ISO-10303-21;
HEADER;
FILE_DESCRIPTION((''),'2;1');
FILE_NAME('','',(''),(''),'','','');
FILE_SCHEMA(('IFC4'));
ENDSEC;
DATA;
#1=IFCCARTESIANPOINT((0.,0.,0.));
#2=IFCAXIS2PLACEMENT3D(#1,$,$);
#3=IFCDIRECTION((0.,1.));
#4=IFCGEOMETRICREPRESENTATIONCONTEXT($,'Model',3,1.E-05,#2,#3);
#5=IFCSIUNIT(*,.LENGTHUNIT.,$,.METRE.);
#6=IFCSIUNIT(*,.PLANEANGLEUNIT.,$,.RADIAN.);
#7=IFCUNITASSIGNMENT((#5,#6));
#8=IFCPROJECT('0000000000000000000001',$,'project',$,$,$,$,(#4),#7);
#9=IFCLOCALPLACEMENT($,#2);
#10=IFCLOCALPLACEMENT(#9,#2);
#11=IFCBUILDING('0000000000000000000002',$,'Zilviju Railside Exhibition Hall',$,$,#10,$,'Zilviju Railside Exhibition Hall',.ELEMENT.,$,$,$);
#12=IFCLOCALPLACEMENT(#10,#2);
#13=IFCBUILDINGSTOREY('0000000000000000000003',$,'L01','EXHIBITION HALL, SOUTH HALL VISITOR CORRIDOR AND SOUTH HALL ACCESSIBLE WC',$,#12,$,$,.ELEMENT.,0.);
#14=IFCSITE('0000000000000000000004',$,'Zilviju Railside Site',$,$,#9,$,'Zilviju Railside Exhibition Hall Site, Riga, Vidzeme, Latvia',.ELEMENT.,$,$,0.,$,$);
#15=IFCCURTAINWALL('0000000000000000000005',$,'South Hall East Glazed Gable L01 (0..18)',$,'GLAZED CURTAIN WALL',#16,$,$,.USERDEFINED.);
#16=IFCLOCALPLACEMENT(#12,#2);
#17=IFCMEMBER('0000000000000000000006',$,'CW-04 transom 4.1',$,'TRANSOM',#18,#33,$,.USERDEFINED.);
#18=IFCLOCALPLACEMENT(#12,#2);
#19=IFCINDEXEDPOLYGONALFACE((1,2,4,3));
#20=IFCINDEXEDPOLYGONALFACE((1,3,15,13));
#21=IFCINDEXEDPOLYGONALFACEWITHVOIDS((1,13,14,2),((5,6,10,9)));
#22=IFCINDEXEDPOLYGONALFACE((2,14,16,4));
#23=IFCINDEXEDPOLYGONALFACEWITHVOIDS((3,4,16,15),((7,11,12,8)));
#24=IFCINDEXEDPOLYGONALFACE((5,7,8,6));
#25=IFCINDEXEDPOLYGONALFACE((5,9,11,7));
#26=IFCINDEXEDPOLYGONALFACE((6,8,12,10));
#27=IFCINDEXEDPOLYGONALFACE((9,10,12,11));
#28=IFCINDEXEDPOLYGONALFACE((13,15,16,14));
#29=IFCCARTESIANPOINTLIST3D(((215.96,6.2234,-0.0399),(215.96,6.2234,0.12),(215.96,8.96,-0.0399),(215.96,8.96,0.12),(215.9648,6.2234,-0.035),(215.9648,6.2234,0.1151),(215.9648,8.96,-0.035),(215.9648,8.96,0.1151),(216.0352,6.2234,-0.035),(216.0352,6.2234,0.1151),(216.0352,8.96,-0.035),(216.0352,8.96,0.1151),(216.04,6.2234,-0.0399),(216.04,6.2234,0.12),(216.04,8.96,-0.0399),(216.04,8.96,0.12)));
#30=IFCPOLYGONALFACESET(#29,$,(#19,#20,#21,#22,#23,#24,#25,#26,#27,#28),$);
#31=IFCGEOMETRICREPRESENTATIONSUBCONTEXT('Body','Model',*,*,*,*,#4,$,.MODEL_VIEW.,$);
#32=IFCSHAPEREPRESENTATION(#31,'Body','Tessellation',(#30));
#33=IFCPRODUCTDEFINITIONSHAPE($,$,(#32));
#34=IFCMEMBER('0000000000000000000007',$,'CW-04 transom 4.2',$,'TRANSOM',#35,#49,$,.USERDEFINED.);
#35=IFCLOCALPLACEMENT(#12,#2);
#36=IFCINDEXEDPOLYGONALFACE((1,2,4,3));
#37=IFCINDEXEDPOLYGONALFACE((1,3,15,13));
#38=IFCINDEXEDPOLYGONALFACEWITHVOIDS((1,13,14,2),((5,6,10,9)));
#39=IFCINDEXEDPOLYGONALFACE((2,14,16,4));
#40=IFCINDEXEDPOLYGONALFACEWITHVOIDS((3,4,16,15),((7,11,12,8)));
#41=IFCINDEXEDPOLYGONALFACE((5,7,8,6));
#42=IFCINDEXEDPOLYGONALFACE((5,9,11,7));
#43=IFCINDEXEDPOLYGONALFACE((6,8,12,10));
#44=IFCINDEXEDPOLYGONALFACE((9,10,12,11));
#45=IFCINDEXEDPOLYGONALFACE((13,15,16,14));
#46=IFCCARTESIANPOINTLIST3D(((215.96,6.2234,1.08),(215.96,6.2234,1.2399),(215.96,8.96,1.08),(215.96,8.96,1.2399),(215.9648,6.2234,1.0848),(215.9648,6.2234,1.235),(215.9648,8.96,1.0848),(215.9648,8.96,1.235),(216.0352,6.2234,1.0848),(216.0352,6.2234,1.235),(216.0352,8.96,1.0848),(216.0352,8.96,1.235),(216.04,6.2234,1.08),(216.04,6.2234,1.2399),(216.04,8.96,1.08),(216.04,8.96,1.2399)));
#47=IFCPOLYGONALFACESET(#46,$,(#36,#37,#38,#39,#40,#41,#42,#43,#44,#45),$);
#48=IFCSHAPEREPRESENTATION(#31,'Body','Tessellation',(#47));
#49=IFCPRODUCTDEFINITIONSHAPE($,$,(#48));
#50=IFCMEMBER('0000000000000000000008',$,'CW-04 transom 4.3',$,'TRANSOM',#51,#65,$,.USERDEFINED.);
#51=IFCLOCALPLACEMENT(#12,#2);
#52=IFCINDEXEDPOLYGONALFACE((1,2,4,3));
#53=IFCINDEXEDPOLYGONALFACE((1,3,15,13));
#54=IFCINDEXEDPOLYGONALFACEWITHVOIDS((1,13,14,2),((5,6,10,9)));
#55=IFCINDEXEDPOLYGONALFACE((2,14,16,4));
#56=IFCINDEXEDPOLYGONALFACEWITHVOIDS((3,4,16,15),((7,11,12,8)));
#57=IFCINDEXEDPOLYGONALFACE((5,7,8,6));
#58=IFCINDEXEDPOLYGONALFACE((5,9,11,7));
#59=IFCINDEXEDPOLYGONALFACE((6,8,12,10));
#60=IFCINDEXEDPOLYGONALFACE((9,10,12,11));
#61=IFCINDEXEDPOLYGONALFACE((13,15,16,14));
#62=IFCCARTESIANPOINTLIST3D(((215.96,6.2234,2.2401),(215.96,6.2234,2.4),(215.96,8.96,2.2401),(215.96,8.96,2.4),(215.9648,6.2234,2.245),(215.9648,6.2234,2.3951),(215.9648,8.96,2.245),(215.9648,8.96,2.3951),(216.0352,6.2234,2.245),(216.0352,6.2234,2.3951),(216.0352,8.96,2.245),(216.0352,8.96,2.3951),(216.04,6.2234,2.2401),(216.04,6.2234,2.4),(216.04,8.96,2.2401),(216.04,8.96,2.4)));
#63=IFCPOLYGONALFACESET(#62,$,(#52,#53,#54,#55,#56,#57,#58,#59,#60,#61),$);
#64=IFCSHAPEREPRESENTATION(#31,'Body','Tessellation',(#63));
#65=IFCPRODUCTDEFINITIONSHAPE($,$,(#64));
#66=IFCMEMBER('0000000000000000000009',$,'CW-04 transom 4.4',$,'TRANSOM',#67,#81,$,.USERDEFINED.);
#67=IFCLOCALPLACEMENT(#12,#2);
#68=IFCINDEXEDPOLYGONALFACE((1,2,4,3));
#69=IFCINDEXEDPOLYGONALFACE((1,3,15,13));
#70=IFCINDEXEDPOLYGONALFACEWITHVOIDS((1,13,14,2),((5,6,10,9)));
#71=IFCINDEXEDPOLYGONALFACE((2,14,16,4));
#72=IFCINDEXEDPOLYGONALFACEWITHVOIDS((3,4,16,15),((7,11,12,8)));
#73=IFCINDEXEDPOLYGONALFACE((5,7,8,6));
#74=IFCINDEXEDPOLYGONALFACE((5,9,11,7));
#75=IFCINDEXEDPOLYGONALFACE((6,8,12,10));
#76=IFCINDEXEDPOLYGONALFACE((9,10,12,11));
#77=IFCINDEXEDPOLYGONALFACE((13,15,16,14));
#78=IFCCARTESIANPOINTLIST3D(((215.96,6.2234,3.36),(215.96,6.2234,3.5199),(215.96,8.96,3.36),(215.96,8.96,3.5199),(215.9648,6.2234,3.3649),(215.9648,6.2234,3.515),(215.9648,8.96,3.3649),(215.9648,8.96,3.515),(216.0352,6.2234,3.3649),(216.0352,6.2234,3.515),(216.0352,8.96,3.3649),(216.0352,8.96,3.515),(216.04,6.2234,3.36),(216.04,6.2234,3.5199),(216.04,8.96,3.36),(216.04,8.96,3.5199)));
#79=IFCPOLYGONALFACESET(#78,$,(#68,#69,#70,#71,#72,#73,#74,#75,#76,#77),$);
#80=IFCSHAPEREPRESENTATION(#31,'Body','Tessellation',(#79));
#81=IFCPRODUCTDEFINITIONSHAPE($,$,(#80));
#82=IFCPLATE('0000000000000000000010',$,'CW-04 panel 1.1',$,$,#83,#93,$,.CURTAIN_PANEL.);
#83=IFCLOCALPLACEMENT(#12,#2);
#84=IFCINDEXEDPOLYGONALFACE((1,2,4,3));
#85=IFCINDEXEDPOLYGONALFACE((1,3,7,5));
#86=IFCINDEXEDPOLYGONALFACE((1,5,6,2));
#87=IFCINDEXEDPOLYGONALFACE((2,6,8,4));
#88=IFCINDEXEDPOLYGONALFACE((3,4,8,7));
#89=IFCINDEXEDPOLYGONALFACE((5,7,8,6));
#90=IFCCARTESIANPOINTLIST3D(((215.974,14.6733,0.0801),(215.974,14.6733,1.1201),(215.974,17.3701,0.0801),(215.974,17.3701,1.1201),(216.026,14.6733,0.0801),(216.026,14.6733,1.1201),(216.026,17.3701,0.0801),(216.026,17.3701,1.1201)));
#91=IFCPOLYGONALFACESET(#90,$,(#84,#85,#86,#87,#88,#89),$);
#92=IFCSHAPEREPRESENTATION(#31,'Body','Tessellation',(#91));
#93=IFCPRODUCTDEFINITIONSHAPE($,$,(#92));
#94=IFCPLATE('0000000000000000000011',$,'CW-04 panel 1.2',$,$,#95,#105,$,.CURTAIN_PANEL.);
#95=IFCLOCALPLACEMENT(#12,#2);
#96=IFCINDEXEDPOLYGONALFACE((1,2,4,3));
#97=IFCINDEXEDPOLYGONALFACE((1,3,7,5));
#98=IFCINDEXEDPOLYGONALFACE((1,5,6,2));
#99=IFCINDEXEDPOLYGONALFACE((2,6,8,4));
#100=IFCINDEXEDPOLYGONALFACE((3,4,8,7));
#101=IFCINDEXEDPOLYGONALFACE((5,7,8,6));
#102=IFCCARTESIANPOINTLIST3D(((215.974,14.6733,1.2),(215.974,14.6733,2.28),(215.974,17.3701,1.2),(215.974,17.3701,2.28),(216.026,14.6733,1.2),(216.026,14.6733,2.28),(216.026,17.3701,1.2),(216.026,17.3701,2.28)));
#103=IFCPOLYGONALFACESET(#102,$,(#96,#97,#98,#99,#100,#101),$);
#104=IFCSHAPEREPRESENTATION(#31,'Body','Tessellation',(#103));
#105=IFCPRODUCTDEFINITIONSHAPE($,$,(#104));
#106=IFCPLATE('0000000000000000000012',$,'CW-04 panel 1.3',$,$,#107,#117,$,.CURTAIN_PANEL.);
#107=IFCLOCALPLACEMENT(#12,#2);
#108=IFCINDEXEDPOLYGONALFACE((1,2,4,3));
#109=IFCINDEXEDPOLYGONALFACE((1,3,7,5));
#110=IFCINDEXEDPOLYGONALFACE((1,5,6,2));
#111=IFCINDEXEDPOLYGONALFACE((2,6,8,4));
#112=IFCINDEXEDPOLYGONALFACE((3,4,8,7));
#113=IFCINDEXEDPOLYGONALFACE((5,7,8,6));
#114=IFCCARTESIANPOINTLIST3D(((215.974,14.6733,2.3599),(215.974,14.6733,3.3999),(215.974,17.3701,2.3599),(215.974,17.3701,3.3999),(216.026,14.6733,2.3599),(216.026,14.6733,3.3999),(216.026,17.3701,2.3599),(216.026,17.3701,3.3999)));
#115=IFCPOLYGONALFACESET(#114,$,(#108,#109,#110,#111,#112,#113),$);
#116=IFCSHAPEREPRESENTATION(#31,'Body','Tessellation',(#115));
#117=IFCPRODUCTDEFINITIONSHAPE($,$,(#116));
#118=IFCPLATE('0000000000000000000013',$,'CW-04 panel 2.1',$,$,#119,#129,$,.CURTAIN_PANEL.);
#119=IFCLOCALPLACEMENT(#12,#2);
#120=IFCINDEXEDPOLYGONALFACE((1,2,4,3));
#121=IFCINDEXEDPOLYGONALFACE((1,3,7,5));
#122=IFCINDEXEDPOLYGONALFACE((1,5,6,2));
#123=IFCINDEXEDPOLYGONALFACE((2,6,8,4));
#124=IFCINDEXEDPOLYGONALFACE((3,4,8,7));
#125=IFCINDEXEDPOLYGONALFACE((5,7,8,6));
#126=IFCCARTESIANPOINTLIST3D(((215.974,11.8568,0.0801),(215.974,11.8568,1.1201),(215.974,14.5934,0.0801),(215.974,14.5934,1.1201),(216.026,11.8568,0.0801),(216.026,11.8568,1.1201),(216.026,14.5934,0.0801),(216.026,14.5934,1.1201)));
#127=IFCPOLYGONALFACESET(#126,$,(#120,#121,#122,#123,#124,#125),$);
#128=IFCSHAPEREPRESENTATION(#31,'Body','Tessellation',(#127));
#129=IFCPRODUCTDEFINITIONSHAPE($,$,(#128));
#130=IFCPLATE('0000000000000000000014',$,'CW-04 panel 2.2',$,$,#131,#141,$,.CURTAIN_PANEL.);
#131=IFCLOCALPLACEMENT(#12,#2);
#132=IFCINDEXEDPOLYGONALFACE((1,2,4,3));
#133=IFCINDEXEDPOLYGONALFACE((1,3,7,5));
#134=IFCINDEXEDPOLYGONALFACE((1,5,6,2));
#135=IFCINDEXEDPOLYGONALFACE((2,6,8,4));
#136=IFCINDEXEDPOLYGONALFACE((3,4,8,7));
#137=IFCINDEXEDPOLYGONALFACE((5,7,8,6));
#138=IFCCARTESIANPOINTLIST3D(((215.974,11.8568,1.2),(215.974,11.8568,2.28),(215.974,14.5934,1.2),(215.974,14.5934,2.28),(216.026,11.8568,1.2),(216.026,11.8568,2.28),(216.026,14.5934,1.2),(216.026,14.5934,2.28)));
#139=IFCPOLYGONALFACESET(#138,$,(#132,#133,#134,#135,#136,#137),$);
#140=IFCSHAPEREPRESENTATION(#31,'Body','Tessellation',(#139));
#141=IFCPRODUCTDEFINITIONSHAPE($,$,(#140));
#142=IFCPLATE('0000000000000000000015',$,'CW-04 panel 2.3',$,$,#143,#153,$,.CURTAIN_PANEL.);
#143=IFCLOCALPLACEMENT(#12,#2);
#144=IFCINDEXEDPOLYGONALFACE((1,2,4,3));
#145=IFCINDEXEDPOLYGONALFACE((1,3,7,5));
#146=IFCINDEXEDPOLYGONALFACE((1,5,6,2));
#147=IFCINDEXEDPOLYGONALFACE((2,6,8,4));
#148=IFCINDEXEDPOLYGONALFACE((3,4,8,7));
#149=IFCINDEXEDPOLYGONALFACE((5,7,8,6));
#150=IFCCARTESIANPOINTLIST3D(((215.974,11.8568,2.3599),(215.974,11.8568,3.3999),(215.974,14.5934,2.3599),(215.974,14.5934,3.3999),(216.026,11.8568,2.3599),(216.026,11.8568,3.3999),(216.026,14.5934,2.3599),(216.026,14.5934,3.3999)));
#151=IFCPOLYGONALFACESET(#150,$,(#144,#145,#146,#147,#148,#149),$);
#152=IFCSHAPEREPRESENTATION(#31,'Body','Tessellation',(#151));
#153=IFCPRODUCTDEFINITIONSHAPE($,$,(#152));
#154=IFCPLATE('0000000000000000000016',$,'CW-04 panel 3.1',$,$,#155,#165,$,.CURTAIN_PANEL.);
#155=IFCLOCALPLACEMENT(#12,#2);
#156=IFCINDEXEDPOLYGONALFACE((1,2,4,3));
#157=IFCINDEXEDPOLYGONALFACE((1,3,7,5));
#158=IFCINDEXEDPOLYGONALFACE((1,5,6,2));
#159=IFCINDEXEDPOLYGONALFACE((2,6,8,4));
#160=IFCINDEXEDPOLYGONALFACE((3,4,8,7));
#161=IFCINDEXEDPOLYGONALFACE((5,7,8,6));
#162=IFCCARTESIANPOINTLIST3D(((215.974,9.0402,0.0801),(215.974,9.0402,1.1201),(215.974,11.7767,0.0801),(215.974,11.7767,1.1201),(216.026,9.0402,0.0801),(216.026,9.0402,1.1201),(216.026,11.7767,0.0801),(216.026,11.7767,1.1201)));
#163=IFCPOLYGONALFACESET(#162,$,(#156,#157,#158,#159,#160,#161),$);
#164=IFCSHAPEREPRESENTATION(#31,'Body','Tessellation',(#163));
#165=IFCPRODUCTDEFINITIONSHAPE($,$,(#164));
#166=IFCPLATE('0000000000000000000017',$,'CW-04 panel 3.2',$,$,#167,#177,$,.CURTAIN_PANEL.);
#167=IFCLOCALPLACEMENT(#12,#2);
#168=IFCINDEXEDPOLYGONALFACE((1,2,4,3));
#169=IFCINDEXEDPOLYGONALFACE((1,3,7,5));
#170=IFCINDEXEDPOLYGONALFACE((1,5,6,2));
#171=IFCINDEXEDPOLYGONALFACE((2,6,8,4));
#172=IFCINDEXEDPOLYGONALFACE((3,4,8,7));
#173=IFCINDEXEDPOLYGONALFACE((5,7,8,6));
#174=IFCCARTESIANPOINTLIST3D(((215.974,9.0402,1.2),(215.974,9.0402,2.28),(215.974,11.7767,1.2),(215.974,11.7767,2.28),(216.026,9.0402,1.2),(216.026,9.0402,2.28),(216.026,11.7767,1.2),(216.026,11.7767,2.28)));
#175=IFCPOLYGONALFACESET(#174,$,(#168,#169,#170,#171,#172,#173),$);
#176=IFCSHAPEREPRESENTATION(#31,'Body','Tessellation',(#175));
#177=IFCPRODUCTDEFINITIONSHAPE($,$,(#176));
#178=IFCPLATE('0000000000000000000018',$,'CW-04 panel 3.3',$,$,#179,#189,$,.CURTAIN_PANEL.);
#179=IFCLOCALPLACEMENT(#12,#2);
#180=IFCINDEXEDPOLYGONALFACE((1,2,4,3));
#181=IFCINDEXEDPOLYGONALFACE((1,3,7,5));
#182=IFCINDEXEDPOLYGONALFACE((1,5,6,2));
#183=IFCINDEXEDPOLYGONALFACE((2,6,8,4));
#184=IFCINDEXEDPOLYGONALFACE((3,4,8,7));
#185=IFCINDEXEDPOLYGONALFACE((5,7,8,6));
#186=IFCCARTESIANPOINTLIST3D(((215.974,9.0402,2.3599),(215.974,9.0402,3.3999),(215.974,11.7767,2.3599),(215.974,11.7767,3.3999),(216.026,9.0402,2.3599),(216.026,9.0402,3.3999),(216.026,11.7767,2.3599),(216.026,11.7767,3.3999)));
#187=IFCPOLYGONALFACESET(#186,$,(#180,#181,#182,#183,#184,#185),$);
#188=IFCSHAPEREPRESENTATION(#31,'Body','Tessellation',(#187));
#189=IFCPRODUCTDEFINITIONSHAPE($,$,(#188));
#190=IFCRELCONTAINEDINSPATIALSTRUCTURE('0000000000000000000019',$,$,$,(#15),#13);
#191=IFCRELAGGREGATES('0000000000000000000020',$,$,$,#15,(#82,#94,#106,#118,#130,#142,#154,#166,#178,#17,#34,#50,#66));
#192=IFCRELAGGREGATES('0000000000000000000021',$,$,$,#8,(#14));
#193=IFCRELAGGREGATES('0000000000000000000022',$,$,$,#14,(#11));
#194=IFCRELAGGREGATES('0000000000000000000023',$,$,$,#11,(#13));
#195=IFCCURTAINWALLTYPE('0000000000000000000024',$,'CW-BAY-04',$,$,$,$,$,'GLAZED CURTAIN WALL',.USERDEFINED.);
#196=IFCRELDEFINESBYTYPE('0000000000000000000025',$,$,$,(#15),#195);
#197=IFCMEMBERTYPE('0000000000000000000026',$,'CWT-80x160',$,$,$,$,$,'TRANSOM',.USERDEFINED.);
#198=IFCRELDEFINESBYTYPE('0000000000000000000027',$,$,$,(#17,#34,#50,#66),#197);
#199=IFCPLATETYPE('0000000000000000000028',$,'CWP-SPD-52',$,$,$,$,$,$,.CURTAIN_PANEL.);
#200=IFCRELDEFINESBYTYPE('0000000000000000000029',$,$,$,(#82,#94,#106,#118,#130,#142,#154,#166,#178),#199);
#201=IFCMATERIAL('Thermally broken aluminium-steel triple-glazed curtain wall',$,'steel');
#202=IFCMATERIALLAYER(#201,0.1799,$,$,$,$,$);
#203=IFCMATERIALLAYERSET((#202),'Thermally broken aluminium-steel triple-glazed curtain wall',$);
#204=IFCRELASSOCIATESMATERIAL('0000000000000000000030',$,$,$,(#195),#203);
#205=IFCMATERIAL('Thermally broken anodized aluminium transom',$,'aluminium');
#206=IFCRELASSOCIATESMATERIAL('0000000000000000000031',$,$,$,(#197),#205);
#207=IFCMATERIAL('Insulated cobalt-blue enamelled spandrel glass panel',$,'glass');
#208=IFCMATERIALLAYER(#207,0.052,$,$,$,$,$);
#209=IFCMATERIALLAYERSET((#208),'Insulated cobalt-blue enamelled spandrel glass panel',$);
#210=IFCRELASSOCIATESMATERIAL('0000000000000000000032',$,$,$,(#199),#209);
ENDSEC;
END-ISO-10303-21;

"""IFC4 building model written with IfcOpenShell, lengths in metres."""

from ifc_helpers import new_model, si_unit, direction, frame, origin, origin_2d, place, context, subcontext, project, spatial, rectangle, hollow_rectangle, extrude, material, layer, layer_set, material_profile, profile_set, type_object, element, aggregate, save


model = new_model("IFC4")

# Units and contexts
model_context = context("Model", 3, precision=1e-05, world=origin(), true_north=direction((0.0, 1.0)))
body_context = subcontext(model_context, "Body", "Model", "MODEL_VIEW")
ifc_project = project(units=[si_unit("LENGTHUNIT", "METRE"), si_unit("PLANEANGLEUNIT", "RADIAN")], contexts=[model_context])

# Site, building, storey
site_placement = place(None, origin())
site = spatial("IfcSite", under=ifc_project, at=site_placement, Name="Zilviju Railside Site", LongName="Zilviju Railside Exhibition Hall Site, Riga, Vidzeme, Latvia", CompositionType="ELEMENT", RefElevation=0.0)
building_placement = place(site_placement, origin())
building = spatial("IfcBuilding", under=site, at=building_placement, Name="Zilviju Railside Exhibition Hall", LongName="Zilviju Railside Exhibition Hall", CompositionType="ELEMENT")
storey_placement = place(building_placement, origin())
storey = spatial("IfcBuildingStorey", under=building, at=storey_placement, Name="L01", Description="EXHIBITION HALL, SOUTH HALL VISITOR CORRIDOR AND SOUTH HALL ACCESSIBLE WC", CompositionType="ELEMENT", Elevation=0.0)

# Curtain wall, members, plates
ifc_material_1 = material(Name="Thermally broken aluminium-steel triple-glazed curtain wall", Category="steel")
ifc_layer_1 = layer(ifc_material_1, 0.1799)
ifc_layer_set_1 = layer_set([ifc_layer_1], Name="Thermally broken aluminium-steel triple-glazed curtain wall")
curtain_wall_type = type_object("IfcCurtainWallType", Name="CW-BAY-04", ElementType="GLAZED CURTAIN WALL", PredefinedType="USERDEFINED", material=ifc_layer_set_1)
curtain_wall_placement = place(storey_placement, origin())
curtain_wall = element("IfcCurtainWall", 1, at=curtain_wall_placement, inside=storey, type_object=curtain_wall_type, Name="South Hall East Glazed Gable L01 (0..18)", ObjectType="GLAZED CURTAIN WALL", PredefinedType="USERDEFINED")
ifc_material_2 = material(Name="Thermally broken anodized aluminium transom", Category="aluminium")
ifc_material_profile_1 = material_profile(ifc_material_2, hollow_rectangle(XDim=0.0801, YDim=0.1599, WallThickness=0.0049, at=origin_2d()), Name="TRANSOM 160x80x5")
ifc_profile_set_1 = profile_set([ifc_material_profile_1], Name="Thermally broken anodized aluminium transom")
member_type_1 = type_object("IfcMemberType", Name="CWT-80x160", ElementType="TRANSOM", PredefinedType="USERDEFINED", material=ifc_profile_set_1)
member_1_placement = place(storey_placement, frame((216.0, 8.96, 0.04), z_axis=(0.0, -1.0, 0.0), x_axis=(1.0, 0.0, 0.0)))
member_1 = element("IfcMember", 2, at=member_1_placement, type_object=member_type_1, Name="CW-04 transom 4.1", ObjectType="TRANSOM", PredefinedType="USERDEFINED", context=body_context, shape_type="SweptSolid", body=[
    extrude(hollow_rectangle(XDim=0.0801, YDim=0.1599, WallThickness=0.0049, at=origin_2d()), origin(), (0.0, 0.0, 1.0), 2.7366),
])
member_2_placement = place(storey_placement, frame((216.0, 8.96, 1.1599), z_axis=(0.0, -1.0, 0.0), x_axis=(1.0, 0.0, 0.0)))
member_2 = element("IfcMember", 3, at=member_2_placement, type_object=member_type_1, Name="CW-04 transom 4.2", ObjectType="TRANSOM", PredefinedType="USERDEFINED", context=body_context, shape_type="SweptSolid", body=[
    extrude(hollow_rectangle(XDim=0.0801, YDim=0.1599, WallThickness=0.0049, at=origin_2d()), origin(), (0.0, 0.0, 1.0), 2.7366),
])
member_3_placement = place(storey_placement, frame((216.0, 8.96, 2.3201), z_axis=(0.0, -1.0, 0.0), x_axis=(1.0, 0.0, 0.0)))
member_3 = element("IfcMember", 4, at=member_3_placement, type_object=member_type_1, Name="CW-04 transom 4.3", ObjectType="TRANSOM", PredefinedType="USERDEFINED", context=body_context, shape_type="SweptSolid", body=[
    extrude(hollow_rectangle(XDim=0.0801, YDim=0.1599, WallThickness=0.0049, at=origin_2d()), origin(), (0.0, 0.0, 1.0), 2.7366),
])
member_4_placement = place(storey_placement, frame((216.0, 8.96, 3.4399), z_axis=(0.0, -1.0, 0.0), x_axis=(1.0, 0.0, 0.0)))
member_4 = element("IfcMember", 5, at=member_4_placement, type_object=member_type_1, Name="CW-04 transom 4.4", ObjectType="TRANSOM", PredefinedType="USERDEFINED", context=body_context, shape_type="SweptSolid", body=[
    extrude(hollow_rectangle(XDim=0.0801, YDim=0.1599, WallThickness=0.0049, at=origin_2d()), origin(), (0.0, 0.0, 1.0), 2.7366),
])
ifc_material_3 = material(Name="Insulated cobalt-blue enamelled spandrel glass panel", Category="glass")
ifc_layer_2 = layer(ifc_material_3, 0.052)
ifc_layer_set_2 = layer_set([ifc_layer_2], Name="Insulated cobalt-blue enamelled spandrel glass panel")
plate_type = type_object("IfcPlateType", Name="CWP-SPD-52", PredefinedType="CURTAIN_PANEL", material=ifc_layer_set_2)
plate_1_placement = place(storey_placement, frame((216.0, 16.0217, 0.0801), z_axis=(0.0, 0.0, 1.0), x_axis=(0.0, -1.0, 0.0)))
plate_1 = element("IfcPlate", 6, at=plate_1_placement, type_object=plate_type, Name="CW-04 panel 1.1", PredefinedType="CURTAIN_PANEL", context=body_context, shape_type="SweptSolid", body=[
    extrude(rectangle(XDim=2.6968, YDim=0.052, at=origin_2d()), origin(), (0.0, 0.0, 1.0), 1.04),
])
plate_2_placement = place(storey_placement, frame((216.0, 16.0217, 1.2), z_axis=(0.0, 0.0, 1.0), x_axis=(0.0, -1.0, 0.0)))
plate_2 = element("IfcPlate", 7, at=plate_2_placement, type_object=plate_type, Name="CW-04 panel 1.2", PredefinedType="CURTAIN_PANEL", context=body_context, shape_type="SweptSolid", body=[
    extrude(rectangle(XDim=2.6968, YDim=0.052, at=origin_2d()), origin(), (0.0, 0.0, 1.0), 1.0801),
])
plate_3_placement = place(storey_placement, frame((216.0, 16.0217, 2.3599), z_axis=(0.0, 0.0, 1.0), x_axis=(0.0, -1.0, 0.0)))
plate_3 = element("IfcPlate", 8, at=plate_3_placement, type_object=plate_type, Name="CW-04 panel 1.3", PredefinedType="CURTAIN_PANEL", context=body_context, shape_type="SweptSolid", body=[
    extrude(rectangle(XDim=2.6968, YDim=0.052, at=origin_2d()), origin(), (0.0, 0.0, 1.0), 1.04),
])
plate_4_placement = place(storey_placement, frame((216.0, 13.2251, 0.0801), z_axis=(0.0, 0.0, 1.0), x_axis=(0.0, -1.0, 0.0)))
plate_4 = element("IfcPlate", 9, at=plate_4_placement, type_object=plate_type, Name="CW-04 panel 2.1", PredefinedType="CURTAIN_PANEL", context=body_context, shape_type="SweptSolid", body=[
    extrude(rectangle(XDim=2.7366, YDim=0.052, at=origin_2d()), origin(), (0.0, 0.0, 1.0), 1.04),
])
plate_5_placement = place(storey_placement, frame((216.0, 13.2251, 1.2), z_axis=(0.0, 0.0, 1.0), x_axis=(0.0, -1.0, 0.0)))
plate_5 = element("IfcPlate", 10, at=plate_5_placement, type_object=plate_type, Name="CW-04 panel 2.2", PredefinedType="CURTAIN_PANEL", context=body_context, shape_type="SweptSolid", body=[
    extrude(rectangle(XDim=2.7366, YDim=0.052, at=origin_2d()), origin(), (0.0, 0.0, 1.0), 1.0801),
])
plate_6_placement = place(storey_placement, frame((216.0, 13.2251, 2.3599), z_axis=(0.0, 0.0, 1.0), x_axis=(0.0, -1.0, 0.0)))
plate_6 = element("IfcPlate", 11, at=plate_6_placement, type_object=plate_type, Name="CW-04 panel 2.3", PredefinedType="CURTAIN_PANEL", context=body_context, shape_type="SweptSolid", body=[
    extrude(rectangle(XDim=2.7366, YDim=0.052, at=origin_2d()), origin(), (0.0, 0.0, 1.0), 1.04),
])
plate_7_placement = place(storey_placement, frame((216.0, 10.4084, 0.0801), z_axis=(0.0, 0.0, 1.0), x_axis=(0.0, -1.0, 0.0)))
plate_7 = element("IfcPlate", 12, at=plate_7_placement, type_object=plate_type, Name="CW-04 panel 3.1", PredefinedType="CURTAIN_PANEL", context=body_context, shape_type="SweptSolid", body=[
    extrude(rectangle(XDim=2.7366, YDim=0.052, at=origin_2d()), origin(), (0.0, 0.0, 1.0), 1.04),
])
plate_8_placement = place(storey_placement, frame((216.0, 10.4084, 1.2), z_axis=(0.0, 0.0, 1.0), x_axis=(0.0, -1.0, 0.0)))
plate_8 = element("IfcPlate", 13, at=plate_8_placement, type_object=plate_type, Name="CW-04 panel 3.2", PredefinedType="CURTAIN_PANEL", context=body_context, shape_type="SweptSolid", body=[
    extrude(rectangle(XDim=2.7366, YDim=0.052, at=origin_2d()), origin(), (0.0, 0.0, 1.0), 1.0801),
])
plate_9_placement = place(storey_placement, frame((216.0, 10.4084, 2.3599), z_axis=(0.0, 0.0, 1.0), x_axis=(0.0, -1.0, 0.0)))
plate_9 = element("IfcPlate", 14, at=plate_9_placement, type_object=plate_type, Name="CW-04 panel 3.3", PredefinedType="CURTAIN_PANEL", context=body_context, shape_type="SweptSolid", body=[
    extrude(rectangle(XDim=2.7366, YDim=0.052, at=origin_2d()), origin(), (0.0, 0.0, 1.0), 1.04),
])
aggregate(curtain_wall, [plate_1, plate_2, plate_3, plate_4, plate_5, plate_6, plate_7, plate_8, plate_9, member_1, member_2, member_3, member_4])

save(model, "model.ifc")
